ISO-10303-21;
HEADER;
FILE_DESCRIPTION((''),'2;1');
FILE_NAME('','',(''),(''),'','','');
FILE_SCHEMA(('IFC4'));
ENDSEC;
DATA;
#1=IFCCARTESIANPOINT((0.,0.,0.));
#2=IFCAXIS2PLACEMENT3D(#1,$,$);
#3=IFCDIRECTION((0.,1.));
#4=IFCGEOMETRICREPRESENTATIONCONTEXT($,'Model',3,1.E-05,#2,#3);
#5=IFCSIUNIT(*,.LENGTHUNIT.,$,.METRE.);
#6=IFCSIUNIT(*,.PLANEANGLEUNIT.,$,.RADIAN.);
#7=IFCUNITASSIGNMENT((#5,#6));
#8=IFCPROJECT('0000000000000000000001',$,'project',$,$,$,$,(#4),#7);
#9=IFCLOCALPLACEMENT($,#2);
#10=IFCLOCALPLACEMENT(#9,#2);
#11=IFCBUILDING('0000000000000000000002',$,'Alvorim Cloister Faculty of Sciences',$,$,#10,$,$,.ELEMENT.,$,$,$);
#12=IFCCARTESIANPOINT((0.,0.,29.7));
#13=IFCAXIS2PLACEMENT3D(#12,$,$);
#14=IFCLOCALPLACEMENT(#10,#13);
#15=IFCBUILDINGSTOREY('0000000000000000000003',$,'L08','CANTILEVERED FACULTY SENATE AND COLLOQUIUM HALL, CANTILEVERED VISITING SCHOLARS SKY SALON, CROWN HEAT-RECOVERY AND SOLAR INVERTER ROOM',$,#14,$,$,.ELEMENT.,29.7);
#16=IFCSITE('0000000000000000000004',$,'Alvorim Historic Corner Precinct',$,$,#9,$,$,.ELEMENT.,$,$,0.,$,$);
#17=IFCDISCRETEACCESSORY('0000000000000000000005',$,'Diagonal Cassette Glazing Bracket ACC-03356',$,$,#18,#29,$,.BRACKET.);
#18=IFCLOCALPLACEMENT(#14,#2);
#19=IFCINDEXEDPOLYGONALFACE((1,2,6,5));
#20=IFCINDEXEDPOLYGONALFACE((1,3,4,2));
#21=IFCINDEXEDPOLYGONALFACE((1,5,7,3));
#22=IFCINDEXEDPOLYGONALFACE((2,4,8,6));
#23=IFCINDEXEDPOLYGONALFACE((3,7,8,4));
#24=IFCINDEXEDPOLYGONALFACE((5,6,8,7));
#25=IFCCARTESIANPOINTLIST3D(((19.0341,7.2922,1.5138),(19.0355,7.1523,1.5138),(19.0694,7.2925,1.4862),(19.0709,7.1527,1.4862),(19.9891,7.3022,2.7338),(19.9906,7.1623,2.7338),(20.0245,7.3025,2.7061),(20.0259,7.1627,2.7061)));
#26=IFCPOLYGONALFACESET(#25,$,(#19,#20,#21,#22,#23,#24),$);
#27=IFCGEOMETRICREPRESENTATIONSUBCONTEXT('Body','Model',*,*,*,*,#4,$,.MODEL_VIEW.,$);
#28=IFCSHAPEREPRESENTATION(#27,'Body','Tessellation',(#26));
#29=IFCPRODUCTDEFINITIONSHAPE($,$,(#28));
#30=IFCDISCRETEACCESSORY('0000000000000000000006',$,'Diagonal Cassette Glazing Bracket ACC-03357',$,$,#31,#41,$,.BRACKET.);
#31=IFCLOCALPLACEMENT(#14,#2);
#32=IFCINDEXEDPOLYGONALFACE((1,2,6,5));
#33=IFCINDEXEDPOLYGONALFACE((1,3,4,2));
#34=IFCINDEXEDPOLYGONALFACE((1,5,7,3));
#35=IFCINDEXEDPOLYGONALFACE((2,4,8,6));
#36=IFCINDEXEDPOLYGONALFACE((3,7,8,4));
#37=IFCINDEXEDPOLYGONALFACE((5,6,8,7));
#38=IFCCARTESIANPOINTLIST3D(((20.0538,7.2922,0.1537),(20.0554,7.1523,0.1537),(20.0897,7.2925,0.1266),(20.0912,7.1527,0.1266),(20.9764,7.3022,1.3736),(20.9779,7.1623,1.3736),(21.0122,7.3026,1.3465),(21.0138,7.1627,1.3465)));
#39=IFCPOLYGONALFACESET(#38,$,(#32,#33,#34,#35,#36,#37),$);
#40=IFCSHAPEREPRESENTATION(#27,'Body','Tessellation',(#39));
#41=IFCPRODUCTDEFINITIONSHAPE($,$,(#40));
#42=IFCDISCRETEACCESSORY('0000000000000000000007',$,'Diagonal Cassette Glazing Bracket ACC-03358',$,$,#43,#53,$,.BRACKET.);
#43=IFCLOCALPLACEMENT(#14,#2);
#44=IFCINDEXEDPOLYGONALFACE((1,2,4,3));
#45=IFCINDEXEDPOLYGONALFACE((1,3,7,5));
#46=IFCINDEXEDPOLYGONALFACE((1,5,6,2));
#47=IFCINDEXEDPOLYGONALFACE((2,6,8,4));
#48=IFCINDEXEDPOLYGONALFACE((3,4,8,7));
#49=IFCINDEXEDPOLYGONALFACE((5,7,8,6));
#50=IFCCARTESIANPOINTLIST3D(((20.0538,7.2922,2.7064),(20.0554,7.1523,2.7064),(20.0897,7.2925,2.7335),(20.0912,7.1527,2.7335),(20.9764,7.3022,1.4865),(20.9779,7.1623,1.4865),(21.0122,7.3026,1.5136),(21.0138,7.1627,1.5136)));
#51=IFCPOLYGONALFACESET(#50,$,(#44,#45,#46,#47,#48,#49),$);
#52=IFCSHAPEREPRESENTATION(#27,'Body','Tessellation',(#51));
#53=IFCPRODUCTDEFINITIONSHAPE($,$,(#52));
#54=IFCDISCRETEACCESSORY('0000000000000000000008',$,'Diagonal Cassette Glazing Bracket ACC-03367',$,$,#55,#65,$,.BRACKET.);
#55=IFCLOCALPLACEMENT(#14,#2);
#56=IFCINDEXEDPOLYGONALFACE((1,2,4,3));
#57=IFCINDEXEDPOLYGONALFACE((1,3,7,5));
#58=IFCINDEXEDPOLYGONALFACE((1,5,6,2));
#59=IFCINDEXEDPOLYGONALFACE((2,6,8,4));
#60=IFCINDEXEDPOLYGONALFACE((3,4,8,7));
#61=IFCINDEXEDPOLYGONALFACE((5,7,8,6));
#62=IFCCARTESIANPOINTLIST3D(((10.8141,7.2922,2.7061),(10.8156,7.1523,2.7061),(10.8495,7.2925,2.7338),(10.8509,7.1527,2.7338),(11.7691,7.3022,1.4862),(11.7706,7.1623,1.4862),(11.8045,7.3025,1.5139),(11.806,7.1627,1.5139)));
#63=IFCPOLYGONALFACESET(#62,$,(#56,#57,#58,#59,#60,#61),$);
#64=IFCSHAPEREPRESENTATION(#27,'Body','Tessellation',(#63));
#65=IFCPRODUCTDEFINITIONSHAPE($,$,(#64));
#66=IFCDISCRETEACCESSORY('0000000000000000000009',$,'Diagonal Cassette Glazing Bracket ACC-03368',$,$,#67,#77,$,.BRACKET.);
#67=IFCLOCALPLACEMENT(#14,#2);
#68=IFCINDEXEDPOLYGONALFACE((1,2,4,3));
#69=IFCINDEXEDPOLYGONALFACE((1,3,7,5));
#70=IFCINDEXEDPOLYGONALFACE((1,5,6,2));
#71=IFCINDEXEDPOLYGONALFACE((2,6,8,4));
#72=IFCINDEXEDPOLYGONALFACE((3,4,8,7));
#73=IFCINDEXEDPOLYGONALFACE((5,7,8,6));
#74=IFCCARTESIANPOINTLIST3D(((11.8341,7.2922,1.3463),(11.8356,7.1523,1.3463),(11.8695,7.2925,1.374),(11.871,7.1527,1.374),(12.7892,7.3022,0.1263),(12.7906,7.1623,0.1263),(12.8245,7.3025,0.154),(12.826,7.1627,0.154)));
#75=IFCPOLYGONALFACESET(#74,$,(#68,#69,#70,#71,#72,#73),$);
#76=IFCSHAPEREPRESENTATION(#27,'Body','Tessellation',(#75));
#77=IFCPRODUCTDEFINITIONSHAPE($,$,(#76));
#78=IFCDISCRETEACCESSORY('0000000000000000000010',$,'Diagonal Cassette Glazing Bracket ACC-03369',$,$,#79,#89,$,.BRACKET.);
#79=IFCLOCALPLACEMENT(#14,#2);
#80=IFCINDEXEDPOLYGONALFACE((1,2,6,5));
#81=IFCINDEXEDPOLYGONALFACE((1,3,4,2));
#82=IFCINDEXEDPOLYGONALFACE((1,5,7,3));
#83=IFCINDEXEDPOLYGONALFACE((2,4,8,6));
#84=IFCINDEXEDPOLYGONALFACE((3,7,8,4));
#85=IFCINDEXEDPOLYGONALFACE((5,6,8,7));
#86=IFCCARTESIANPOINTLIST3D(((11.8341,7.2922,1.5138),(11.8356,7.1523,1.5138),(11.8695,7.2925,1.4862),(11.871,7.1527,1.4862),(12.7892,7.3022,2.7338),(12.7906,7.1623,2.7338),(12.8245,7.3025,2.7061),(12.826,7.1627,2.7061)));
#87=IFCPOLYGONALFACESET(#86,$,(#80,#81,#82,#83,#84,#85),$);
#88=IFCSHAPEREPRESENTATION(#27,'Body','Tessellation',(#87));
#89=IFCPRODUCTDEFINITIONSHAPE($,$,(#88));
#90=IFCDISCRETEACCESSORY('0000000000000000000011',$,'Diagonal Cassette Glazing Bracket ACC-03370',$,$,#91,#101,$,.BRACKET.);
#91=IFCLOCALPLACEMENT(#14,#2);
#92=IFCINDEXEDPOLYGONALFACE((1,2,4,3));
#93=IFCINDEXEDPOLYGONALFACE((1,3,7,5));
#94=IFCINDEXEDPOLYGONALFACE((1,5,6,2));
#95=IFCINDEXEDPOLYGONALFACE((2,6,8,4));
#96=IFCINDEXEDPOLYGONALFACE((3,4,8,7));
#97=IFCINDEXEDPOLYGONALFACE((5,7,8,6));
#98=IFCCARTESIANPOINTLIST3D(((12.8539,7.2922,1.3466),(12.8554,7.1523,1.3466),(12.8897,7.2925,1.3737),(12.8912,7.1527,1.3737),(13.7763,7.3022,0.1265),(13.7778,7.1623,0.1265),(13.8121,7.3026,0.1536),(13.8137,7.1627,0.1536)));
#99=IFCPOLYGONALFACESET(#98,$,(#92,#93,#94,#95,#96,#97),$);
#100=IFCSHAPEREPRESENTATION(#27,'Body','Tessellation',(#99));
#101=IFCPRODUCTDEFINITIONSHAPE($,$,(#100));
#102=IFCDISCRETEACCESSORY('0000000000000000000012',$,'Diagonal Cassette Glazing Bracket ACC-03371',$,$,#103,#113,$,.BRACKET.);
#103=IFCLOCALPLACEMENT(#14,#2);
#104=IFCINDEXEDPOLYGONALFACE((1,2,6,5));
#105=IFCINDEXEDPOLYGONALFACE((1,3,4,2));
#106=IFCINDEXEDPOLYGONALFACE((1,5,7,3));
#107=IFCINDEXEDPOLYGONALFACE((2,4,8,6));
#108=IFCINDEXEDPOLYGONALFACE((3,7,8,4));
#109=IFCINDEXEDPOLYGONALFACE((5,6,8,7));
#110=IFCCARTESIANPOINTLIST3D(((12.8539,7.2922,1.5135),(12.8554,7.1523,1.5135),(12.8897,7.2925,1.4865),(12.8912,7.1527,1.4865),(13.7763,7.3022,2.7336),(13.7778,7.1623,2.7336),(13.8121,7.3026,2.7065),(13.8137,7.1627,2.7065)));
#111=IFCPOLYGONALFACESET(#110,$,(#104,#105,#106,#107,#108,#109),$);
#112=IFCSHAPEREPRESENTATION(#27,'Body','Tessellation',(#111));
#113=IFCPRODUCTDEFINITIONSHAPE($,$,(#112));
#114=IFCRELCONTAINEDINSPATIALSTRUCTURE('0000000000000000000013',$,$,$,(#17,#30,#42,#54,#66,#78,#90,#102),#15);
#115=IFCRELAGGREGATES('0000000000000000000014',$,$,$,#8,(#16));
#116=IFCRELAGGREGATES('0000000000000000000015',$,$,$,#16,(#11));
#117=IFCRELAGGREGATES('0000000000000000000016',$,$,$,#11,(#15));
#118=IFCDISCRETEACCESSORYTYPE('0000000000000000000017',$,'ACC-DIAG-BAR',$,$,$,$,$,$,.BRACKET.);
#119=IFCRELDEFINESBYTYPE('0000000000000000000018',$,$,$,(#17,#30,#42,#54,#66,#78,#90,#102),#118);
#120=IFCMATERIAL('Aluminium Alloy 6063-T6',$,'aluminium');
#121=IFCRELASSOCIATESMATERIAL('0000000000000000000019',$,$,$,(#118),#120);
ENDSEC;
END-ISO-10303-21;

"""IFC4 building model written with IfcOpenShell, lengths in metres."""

from ifc_helpers import new_model, si_unit, direction, frame, origin, origin_2d, place, context, subcontext, project, spatial, rectangle, extrude, material, type_object, element, save


model = new_model("IFC4")

# Units and contexts
model_context = context("Model", 3, precision=1e-05, world=origin(), true_north=direction((0.0, 1.0)))
body_context = subcontext(model_context, "Body", "Model", "MODEL_VIEW")
ifc_project = project(units=[si_unit("LENGTHUNIT", "METRE"), si_unit("PLANEANGLEUNIT", "RADIAN")], contexts=[model_context])

# Site, building, storey
site_placement = place(None, origin())
site = spatial("IfcSite", under=ifc_project, at=site_placement, Name="Alvorim Historic Corner Precinct", CompositionType="ELEMENT", RefElevation=0.0)
building_placement = place(site_placement, origin())
building = spatial("IfcBuilding", under=site, at=building_placement, Name="Alvorim Cloister Faculty of Sciences", CompositionType="ELEMENT")
storey_placement = place(building_placement, frame((0.0, 0.0, 29.7)))
storey = spatial("IfcBuildingStorey", under=building, at=storey_placement, Name="L08", Description="CANTILEVERED FACULTY SENATE AND COLLOQUIUM HALL, CANTILEVERED VISITING SCHOLARS SKY SALON, CROWN HEAT-RECOVERY AND SOLAR INVERTER ROOM", CompositionType="ELEMENT", Elevation=29.7)

# Discrete accessories
ifc_material_1 = material(Name="Aluminium Alloy 6063-T6", Category="aluminium")
discrete_accessory_type = type_object("IfcDiscreteAccessoryType", Name="ACC-DIAG-BAR", PredefinedType="BRACKET", material=ifc_material_1)
for number, where, z_axis, x_axis, name in (
    (1, (19.0525, 7.2224, 1.5), (0.616423, 0.00646, 0.787389), (-0.01048, 0.999945, 0.0), "Diagonal Cassette Glazing Bracket ACC-03356"),
):
    element("IfcDiscreteAccessory", number, at=place(storey_placement, frame(where, z_axis=z_axis, x_axis=x_axis)), inside=storey, type_object=discrete_accessory_type, Name=name, PredefinedType="BRACKET", context=body_context, shape_type="SweptSolid", body=[
        extrude(rectangle(XDim=0.1399, YDim=0.0449, at=origin_2d()), origin(), (0.0, 0.0, 1.0), 1.5493),
    ])
for number, where, z_axis, x_axis, name in (
    (2, (20.0725, 7.2224, 0.1401), (0.603175, 0.006544, 0.797582), (-0.010849, 0.999941, 0.0), "Diagonal Cassette Glazing Bracket ACC-03357"),
    (3, (20.0725, 7.2224, 2.72), (0.603175, 0.006544, -0.797582), (-0.010849, 0.999941, 0.0), "Diagonal Cassette Glazing Bracket ACC-03358"),
):
    element("IfcDiscreteAccessory", number, at=place(storey_placement, frame(where, z_axis=z_axis, x_axis=x_axis)), inside=storey, type_object=discrete_accessory_type, Name=name, PredefinedType="BRACKET", context=body_context, shape_type="SweptSolid", body=[
        extrude(rectangle(XDim=0.1399, YDim=0.0449, at=origin_2d()), origin(), (0.0, 0.0, 1.0), 1.5295),
    ])
for number, where, z_axis, x_axis, name in (
    (4, (10.8325, 7.2224, 2.72), (0.616423, 0.00646, -0.787389), (-0.01048, 0.999945, 0.0), "Diagonal Cassette Glazing Bracket ACC-03367"),
    (5, (11.8525, 7.2224, 1.3601), (0.616423, 0.00646, -0.787389), (-0.01048, 0.999945, 0.0), "Diagonal Cassette Glazing Bracket ACC-03368"),
    (6, (11.8525, 7.2224, 1.5), (0.616423, 0.00646, 0.787389), (-0.01048, 0.999945, 0.0), "Diagonal Cassette Glazing Bracket ACC-03369"),
):
    element("IfcDiscreteAccessory", number, at=place(storey_placement, frame(where, z_axis=z_axis, x_axis=x_axis)), inside=storey, type_object=discrete_accessory_type, Name=name, PredefinedType="BRACKET", context=body_context, shape_type="SweptSolid", body=[
        extrude(rectangle(XDim=0.1399, YDim=0.0449, at=origin_2d()), origin(), (0.0, 0.0, 1.0), 1.5493),
    ])
for number, where, z_axis, x_axis, name in (
    (7, (12.8726, 7.2224, 1.3601), (0.603073, 0.006545, -0.797659), (-0.010852, 0.999941, 0.0), "Diagonal Cassette Glazing Bracket ACC-03370"),
    (8, (12.8726, 7.2224, 1.5), (0.603073, 0.006545, 0.797659), (-0.010852, 0.999941, 0.0), "Diagonal Cassette Glazing Bracket ACC-03371"),
):
    element("IfcDiscreteAccessory", number, at=place(storey_placement, frame(where, z_axis=z_axis, x_axis=x_axis)), inside=storey, type_object=discrete_accessory_type, Name=name, PredefinedType="BRACKET", context=body_context, shape_type="SweptSolid", body=[
        extrude(rectangle(XDim=0.1399, YDim=0.0449, at=origin_2d()), origin(), (0.0, 0.0, 1.0), 1.5295),
    ])

save(model, "model.ifc")
